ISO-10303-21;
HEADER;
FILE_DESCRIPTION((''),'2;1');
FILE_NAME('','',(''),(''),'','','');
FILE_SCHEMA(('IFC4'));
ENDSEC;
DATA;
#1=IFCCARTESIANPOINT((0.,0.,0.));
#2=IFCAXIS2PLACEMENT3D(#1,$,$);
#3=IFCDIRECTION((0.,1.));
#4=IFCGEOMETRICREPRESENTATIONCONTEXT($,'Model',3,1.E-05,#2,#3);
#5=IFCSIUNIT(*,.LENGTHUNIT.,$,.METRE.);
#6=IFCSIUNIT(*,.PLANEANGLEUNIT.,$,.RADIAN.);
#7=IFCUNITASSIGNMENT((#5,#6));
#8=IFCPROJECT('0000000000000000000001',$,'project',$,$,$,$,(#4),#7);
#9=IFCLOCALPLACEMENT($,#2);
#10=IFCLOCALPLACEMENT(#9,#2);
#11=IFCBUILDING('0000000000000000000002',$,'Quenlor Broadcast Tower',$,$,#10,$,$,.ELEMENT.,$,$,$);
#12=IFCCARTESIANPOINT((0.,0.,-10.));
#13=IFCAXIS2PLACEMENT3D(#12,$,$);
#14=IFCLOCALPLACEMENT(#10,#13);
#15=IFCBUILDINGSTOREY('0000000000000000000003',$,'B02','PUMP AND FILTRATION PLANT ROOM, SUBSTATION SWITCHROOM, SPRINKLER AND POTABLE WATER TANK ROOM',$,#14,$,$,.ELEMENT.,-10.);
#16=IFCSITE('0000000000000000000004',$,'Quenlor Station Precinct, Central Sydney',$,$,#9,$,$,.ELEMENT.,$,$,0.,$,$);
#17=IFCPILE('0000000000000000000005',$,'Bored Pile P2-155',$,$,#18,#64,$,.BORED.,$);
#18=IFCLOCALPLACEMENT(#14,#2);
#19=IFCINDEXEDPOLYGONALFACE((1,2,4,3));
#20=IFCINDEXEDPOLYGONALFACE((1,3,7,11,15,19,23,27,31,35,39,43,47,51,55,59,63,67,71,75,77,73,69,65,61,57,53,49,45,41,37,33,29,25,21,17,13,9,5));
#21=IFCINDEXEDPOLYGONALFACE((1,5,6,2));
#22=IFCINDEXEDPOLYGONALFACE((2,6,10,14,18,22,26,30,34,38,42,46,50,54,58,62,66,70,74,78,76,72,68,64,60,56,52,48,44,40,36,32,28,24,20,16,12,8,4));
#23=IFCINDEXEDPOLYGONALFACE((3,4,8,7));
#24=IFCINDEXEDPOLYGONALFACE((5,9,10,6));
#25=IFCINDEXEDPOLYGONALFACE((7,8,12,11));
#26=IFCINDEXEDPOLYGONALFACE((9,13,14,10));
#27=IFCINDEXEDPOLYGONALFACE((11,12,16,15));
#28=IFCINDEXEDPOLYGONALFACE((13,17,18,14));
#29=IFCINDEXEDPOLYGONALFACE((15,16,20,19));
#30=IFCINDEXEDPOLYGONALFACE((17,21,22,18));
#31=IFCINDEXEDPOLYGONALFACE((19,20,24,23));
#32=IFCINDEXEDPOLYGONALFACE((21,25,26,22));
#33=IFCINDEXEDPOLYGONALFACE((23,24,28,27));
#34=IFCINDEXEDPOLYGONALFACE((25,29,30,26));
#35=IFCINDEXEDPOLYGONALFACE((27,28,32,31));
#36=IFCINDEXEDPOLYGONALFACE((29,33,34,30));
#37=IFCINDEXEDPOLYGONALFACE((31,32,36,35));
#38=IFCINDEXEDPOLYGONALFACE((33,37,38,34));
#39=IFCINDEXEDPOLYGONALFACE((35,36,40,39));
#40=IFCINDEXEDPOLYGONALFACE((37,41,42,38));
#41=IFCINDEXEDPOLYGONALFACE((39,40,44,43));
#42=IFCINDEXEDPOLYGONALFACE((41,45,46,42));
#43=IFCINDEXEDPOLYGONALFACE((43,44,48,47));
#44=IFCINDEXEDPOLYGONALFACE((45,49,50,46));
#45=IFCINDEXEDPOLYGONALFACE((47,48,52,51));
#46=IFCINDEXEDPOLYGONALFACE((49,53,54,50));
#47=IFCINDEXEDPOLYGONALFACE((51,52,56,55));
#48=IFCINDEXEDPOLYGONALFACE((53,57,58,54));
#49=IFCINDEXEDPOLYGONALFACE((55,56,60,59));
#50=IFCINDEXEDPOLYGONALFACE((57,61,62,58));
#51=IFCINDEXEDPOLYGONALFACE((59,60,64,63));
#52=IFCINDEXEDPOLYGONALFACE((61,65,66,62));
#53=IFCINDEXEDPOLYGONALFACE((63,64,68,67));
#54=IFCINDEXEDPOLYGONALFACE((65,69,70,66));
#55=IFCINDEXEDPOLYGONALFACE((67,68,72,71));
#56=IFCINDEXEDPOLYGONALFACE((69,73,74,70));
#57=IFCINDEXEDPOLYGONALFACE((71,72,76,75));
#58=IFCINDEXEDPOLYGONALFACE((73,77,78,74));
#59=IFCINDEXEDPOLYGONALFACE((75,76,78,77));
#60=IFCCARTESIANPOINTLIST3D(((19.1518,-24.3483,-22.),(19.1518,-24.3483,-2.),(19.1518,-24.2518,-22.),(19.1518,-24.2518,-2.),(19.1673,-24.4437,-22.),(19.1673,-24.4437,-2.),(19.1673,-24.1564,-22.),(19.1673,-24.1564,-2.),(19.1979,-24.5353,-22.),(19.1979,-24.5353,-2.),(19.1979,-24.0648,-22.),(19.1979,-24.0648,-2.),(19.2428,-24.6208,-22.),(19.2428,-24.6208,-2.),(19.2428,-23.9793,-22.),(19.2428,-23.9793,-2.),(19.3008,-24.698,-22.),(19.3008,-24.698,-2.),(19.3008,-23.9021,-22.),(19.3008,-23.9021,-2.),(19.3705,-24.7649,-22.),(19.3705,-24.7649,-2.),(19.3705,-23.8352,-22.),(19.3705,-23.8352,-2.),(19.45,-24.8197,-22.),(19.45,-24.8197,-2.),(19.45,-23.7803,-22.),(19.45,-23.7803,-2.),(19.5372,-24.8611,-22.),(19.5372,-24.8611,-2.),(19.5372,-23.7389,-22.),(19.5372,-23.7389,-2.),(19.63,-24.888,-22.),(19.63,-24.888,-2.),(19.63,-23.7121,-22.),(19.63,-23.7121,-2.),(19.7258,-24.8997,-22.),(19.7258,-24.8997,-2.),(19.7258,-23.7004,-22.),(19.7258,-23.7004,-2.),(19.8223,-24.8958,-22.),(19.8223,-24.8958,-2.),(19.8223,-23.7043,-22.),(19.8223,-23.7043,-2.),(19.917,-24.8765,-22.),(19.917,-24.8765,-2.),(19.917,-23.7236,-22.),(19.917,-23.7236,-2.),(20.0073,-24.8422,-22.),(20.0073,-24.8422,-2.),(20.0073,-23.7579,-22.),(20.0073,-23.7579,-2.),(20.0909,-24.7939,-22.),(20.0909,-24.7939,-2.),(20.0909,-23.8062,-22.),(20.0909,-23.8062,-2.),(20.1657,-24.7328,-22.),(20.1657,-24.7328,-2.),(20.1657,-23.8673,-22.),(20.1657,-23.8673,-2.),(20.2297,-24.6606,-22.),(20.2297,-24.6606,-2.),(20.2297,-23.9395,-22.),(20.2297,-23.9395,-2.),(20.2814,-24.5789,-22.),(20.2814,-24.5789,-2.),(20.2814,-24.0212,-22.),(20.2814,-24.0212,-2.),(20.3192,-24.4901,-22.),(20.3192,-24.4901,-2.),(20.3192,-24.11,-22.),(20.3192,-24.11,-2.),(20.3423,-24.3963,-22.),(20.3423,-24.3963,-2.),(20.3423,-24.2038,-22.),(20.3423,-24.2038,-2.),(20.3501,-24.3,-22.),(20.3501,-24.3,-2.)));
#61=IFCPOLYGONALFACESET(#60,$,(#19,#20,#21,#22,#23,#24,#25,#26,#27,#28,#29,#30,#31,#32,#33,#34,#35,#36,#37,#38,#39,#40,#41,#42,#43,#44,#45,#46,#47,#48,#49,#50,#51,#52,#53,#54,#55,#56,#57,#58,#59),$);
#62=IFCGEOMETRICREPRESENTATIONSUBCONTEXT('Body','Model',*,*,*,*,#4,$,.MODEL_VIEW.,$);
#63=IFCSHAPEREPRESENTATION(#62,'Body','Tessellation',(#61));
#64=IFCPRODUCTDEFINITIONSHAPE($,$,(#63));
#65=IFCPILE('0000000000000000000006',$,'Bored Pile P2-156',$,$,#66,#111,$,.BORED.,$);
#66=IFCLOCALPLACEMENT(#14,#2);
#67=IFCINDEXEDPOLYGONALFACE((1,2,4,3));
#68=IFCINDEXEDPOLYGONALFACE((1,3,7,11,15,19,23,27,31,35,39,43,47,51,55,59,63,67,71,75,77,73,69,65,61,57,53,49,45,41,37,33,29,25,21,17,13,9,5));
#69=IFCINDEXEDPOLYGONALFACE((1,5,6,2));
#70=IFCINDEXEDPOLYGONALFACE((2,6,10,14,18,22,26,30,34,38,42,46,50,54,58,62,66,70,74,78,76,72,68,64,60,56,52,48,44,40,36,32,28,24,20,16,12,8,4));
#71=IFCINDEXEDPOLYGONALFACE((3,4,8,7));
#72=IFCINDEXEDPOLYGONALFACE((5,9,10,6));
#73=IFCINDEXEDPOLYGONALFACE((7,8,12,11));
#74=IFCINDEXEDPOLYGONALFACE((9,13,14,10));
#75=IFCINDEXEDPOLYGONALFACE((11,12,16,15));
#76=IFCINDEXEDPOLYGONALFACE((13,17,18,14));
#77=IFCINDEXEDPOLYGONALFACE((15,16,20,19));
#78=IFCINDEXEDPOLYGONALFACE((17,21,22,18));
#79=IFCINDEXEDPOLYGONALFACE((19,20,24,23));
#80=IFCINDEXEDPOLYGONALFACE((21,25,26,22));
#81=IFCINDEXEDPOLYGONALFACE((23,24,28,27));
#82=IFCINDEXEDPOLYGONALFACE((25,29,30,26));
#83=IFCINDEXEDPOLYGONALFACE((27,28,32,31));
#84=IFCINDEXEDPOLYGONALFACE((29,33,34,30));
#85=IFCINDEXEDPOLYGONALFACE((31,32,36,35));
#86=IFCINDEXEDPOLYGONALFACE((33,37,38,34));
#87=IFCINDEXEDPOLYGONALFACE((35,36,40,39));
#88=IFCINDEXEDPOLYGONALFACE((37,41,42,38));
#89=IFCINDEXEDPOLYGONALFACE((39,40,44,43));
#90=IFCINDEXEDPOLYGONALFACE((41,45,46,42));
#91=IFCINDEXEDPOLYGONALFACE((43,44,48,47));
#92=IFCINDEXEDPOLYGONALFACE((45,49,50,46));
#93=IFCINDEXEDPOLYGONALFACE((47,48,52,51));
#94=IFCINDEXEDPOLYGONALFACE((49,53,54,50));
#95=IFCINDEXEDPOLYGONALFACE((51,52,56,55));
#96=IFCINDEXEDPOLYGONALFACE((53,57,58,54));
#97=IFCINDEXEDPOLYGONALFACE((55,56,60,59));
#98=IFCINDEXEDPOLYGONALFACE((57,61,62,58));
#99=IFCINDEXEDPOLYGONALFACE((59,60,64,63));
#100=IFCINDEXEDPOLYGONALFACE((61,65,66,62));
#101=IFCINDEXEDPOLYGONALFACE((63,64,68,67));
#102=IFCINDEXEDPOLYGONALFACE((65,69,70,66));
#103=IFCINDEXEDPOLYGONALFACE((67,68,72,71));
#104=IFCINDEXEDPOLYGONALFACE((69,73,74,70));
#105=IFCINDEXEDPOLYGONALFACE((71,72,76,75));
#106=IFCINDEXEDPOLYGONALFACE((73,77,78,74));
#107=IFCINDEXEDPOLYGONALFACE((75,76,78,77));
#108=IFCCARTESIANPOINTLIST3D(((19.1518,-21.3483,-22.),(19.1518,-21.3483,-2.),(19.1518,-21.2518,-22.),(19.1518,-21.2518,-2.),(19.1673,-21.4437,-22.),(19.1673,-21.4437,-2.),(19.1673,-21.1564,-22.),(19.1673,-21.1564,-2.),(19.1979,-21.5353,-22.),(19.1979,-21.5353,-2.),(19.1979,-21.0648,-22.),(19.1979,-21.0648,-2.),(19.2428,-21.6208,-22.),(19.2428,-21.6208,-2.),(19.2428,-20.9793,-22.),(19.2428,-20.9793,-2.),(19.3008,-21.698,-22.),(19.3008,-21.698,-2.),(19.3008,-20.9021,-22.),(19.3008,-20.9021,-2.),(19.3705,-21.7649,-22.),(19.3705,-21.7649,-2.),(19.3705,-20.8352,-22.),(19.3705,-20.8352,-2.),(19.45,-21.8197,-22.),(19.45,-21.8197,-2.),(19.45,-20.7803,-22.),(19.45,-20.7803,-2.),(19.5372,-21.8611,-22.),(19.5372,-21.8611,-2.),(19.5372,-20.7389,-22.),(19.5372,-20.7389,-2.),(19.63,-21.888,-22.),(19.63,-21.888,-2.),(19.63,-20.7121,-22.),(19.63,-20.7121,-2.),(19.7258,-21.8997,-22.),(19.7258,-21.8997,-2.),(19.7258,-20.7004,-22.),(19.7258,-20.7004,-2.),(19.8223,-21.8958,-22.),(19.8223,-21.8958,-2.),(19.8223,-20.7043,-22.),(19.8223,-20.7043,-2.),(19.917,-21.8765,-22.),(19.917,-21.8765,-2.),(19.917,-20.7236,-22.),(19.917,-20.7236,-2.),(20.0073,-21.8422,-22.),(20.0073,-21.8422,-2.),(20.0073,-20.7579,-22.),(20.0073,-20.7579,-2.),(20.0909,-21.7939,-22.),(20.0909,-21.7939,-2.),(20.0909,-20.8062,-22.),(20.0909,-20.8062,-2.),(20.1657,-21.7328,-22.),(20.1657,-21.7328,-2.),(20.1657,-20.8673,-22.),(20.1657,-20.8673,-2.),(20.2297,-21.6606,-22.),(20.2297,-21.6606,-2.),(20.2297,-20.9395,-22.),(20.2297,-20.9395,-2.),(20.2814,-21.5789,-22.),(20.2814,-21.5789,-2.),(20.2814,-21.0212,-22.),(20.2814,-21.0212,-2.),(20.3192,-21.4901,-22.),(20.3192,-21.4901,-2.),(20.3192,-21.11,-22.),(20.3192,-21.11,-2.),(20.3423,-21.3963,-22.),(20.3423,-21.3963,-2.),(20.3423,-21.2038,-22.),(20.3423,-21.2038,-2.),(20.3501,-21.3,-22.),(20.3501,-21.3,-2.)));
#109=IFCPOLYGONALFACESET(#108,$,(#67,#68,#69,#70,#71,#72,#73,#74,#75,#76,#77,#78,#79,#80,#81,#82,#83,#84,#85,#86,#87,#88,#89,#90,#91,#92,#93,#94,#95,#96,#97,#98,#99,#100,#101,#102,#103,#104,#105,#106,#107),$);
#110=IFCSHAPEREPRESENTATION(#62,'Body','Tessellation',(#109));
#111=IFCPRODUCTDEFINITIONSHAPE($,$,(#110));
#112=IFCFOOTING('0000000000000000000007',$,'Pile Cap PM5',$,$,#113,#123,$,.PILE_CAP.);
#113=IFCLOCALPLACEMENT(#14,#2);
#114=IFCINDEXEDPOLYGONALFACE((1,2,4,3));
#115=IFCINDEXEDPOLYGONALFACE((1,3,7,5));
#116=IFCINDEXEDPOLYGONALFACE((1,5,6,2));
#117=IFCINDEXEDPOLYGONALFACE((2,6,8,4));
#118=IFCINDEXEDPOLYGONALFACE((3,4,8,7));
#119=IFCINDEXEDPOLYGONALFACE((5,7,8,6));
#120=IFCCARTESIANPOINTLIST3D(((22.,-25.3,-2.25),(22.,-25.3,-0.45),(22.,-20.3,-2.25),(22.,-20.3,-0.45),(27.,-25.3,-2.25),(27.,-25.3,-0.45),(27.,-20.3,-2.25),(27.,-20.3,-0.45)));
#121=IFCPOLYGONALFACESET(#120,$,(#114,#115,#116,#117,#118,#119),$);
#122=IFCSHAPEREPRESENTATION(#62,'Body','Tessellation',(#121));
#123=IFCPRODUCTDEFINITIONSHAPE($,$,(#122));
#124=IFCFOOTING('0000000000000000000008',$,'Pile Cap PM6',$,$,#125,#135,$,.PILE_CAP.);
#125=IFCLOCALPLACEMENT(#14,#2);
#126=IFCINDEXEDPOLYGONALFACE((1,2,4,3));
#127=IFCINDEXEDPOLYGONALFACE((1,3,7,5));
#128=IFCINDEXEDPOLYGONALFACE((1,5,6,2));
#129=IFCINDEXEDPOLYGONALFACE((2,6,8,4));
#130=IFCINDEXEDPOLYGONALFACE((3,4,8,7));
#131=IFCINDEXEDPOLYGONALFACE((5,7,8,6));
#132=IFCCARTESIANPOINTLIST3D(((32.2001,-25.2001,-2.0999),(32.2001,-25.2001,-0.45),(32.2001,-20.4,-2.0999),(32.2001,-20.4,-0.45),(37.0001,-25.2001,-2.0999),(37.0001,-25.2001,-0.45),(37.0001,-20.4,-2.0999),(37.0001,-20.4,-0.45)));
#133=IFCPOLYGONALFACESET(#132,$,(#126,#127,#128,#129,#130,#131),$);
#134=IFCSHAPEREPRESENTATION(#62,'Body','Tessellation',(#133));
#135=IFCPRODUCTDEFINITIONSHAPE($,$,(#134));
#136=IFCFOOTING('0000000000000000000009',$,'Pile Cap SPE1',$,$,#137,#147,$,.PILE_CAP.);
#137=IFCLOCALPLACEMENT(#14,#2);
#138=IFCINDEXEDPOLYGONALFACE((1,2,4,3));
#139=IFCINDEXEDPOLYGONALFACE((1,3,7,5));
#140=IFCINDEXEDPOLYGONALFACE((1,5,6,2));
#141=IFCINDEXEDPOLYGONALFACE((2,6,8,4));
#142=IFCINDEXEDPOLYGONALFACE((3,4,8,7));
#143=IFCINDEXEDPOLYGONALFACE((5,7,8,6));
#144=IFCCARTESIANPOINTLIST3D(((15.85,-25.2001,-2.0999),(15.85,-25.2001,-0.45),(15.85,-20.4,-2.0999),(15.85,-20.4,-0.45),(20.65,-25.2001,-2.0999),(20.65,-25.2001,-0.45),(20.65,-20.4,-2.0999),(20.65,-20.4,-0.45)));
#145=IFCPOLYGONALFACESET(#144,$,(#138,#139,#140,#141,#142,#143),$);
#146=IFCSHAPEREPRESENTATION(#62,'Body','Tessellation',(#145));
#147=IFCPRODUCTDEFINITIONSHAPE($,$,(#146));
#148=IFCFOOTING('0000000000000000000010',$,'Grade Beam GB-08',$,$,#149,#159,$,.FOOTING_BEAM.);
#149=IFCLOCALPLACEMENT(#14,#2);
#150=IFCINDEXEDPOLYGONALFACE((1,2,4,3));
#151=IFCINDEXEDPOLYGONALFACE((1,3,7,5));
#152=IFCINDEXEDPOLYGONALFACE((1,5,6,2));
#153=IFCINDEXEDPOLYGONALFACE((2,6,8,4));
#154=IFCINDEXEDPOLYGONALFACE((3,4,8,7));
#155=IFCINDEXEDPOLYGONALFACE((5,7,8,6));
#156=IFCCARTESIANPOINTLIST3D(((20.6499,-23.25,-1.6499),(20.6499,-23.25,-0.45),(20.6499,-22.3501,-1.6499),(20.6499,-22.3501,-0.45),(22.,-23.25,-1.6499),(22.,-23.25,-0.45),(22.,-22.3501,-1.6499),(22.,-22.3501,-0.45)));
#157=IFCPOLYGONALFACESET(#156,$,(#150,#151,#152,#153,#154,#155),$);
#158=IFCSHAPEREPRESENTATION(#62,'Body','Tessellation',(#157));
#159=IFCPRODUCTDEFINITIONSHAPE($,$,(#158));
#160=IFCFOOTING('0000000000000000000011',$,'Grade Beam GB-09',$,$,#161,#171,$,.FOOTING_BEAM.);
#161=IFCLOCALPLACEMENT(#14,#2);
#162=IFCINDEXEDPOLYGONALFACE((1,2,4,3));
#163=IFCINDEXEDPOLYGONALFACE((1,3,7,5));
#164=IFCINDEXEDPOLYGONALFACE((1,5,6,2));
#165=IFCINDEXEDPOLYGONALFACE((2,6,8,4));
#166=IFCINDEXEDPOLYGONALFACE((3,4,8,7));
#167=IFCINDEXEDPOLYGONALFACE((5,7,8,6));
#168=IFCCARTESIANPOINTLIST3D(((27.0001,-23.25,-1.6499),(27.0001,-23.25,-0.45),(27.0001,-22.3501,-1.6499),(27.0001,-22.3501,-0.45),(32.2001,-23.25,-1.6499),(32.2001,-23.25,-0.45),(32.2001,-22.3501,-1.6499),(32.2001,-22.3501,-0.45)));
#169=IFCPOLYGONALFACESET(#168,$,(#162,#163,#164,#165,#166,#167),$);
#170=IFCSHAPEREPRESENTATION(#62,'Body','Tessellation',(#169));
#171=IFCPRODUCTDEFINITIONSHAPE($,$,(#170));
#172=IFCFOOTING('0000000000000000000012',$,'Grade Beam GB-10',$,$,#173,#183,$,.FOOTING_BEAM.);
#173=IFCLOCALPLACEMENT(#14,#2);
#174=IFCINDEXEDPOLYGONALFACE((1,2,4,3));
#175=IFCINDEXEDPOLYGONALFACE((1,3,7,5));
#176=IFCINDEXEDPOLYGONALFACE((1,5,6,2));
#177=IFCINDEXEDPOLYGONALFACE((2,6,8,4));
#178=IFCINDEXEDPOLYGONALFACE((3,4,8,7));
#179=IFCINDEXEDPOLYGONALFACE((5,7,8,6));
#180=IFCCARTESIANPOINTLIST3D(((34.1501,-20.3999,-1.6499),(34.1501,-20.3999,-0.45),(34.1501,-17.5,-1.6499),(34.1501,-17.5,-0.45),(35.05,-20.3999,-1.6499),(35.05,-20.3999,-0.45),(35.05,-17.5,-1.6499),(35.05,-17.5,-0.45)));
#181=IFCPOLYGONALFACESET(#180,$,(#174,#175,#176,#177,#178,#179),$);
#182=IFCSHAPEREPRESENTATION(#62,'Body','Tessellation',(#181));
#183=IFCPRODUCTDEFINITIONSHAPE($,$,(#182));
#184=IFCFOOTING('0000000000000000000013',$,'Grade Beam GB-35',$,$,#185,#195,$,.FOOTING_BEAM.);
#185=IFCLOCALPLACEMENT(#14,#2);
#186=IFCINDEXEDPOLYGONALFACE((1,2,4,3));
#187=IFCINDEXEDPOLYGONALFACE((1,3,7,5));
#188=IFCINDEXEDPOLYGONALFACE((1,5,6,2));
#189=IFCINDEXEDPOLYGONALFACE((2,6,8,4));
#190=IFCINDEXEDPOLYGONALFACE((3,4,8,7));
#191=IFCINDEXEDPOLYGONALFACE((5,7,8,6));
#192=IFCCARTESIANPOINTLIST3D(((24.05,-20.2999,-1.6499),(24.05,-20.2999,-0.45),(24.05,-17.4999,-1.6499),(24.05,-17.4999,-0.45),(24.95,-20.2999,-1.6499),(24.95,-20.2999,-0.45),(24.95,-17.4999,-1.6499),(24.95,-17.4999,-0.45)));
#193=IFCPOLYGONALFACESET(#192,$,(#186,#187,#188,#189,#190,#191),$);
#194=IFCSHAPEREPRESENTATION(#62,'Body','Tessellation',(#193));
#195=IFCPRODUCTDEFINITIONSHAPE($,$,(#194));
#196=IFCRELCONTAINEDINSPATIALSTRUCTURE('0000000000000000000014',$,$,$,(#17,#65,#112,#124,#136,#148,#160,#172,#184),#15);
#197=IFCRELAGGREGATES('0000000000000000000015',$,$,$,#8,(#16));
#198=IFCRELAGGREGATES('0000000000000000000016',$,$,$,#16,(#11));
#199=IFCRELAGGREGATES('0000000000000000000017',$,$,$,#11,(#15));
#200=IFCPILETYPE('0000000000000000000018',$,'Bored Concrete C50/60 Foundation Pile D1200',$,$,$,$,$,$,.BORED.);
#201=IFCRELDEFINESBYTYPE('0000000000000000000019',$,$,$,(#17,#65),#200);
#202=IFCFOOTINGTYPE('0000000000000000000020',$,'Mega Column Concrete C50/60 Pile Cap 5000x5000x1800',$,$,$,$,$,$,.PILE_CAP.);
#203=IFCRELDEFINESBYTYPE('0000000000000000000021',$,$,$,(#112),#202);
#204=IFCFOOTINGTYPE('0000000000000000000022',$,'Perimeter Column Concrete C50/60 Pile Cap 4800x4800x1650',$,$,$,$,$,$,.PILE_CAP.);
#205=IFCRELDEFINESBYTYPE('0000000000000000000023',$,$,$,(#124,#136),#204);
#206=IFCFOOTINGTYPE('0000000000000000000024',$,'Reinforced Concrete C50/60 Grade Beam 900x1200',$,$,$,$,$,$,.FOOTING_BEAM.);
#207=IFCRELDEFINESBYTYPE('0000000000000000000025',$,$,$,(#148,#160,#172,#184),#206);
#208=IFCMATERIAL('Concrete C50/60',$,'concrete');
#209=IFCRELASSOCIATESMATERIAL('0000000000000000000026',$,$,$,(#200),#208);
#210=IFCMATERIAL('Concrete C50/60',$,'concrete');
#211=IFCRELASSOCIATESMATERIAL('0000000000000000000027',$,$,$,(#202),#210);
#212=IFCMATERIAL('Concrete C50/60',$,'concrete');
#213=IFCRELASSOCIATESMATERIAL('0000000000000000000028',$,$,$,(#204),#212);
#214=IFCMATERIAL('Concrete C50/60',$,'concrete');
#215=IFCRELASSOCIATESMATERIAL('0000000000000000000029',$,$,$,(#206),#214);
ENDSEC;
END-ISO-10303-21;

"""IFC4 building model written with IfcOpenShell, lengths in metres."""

from ifc_helpers import new_model, si_unit, direction, frame, origin, origin_2d, place, context, subcontext, project, spatial, rectangle, circle, extrude, material, material_profile, profile_set, type_object, element, save


model = new_model("IFC4")

# Units and contexts
model_context = context("Model", 3, precision=1e-05, world=origin(), true_north=direction((0.0, 1.0)))
body_context = subcontext(model_context, "Body", "Model", "MODEL_VIEW")
ifc_project = project(units=[si_unit("LENGTHUNIT", "METRE"), si_unit("PLANEANGLEUNIT", "RADIAN")], contexts=[model_context])

# Site, building, storey
site_placement = place(None, origin())
site = spatial("IfcSite", under=ifc_project, at=site_placement, Name="Quenlor Station Precinct, Central Sydney", CompositionType="ELEMENT", RefElevation=0.0)
building_placement = place(site_placement, origin())
building = spatial("IfcBuilding", under=site, at=building_placement, Name="Quenlor Broadcast Tower", CompositionType="ELEMENT")
storey_placement = place(building_placement, frame((0.0, 0.0, -10.0)))
storey = spatial("IfcBuildingStorey", under=building, at=storey_placement, Name="B02", Description="PUMP AND FILTRATION PLANT ROOM, SUBSTATION SWITCHROOM, SPRINKLER AND POTABLE WATER TANK ROOM", CompositionType="ELEMENT", Elevation=-10.0)

# Piles
ifc_material_1 = material(Name="Concrete C50/60", Category="concrete")
ifc_material_profile_1 = material_profile(ifc_material_1, circle(Radius=0.6001, at=origin_2d()))
ifc_profile_set_1 = profile_set([ifc_material_profile_1], Name="Concrete C50/60 PILE1200")
pile_type = type_object("IfcPileType", Name="Bored Concrete C50/60 Foundation Pile D1200", PredefinedType="BORED", material=ifc_profile_set_1)
for number, where, z_axis, x_axis, name in (
    (1, (19.75, -24.3, -2.0), (0.0, 0.0, -1.0), (1.0, 0.0, 0.0), "Bored Pile P2-155"),
    (2, (19.75, -21.3, -2.0), (0.0, 0.0, -1.0), (1.0, 0.0, 0.0), "Bored Pile P2-156"),
):
    element("IfcPile", number, at=place(storey_placement, frame(where, z_axis=z_axis, x_axis=x_axis)), inside=storey, type_object=pile_type, Name=name, PredefinedType="BORED", context=body_context, shape_type="SweptSolid", body=[
        extrude(circle(Radius=0.6001, at=origin_2d()), origin(), (0.0, 0.0, 1.0), 20.0),
    ])

# Footings
ifc_material_2 = material(Name="Concrete C50/60", Category="concrete")
footing_type_1 = type_object("IfcFootingType", Name="Mega Column Concrete C50/60 Pile Cap 5000x5000x1800", PredefinedType="PILE_CAP", material=ifc_material_2)
footing_1_placement = place(storey_placement, frame((24.5, -22.8, -2.25), z_axis=(0.0, 0.0, 1.0), x_axis=(1.0, 0.0, 0.0)))
element("IfcFooting", 3, at=footing_1_placement, inside=storey, type_object=footing_type_1, Name="Pile Cap PM5", PredefinedType="PILE_CAP", context=body_context, shape_type="SweptSolid", body=[
    extrude(rectangle(XDim=5.0, YDim=5.0, at=origin_2d()), origin(), (0.0, 0.0, 1.0), 1.8),
])
ifc_material_3 = material(Name="Concrete C50/60", Category="concrete")
footing_type_2 = type_object("IfcFootingType", Name="Perimeter Column Concrete C50/60 Pile Cap 4800x4800x1650", PredefinedType="PILE_CAP", material=ifc_material_3)
for number, where, z_axis, x_axis, name in (
    (4, (34.6001, -22.8, -2.0999), (0.0, 0.0, 1.0), (1.0, 0.0, 0.0), "Pile Cap PM6"),
    (5, (18.25, -22.8, -2.0999), (0.0, 0.0, 1.0), (1.0, 0.0, 0.0), "Pile Cap SPE1"),
):
    element("IfcFooting", number, at=place(storey_placement, frame(where, z_axis=z_axis, x_axis=x_axis)), inside=storey, type_object=footing_type_2, Name=name, PredefinedType="PILE_CAP", context=body_context, shape_type="SweptSolid", body=[
        extrude(rectangle(XDim=4.8, YDim=4.8, at=origin_2d()), origin(), (0.0, 0.0, 1.0), 1.6499),
    ])
ifc_material_4 = material(Name="Concrete C50/60", Category="concrete")
footing_type_3 = type_object("IfcFootingType", Name="Reinforced Concrete C50/60 Grade Beam 900x1200", PredefinedType="FOOTING_BEAM", material=ifc_material_4)
footing_2_placement = place(storey_placement, frame((21.325, -22.8, -1.6499), z_axis=(0.0, 0.0, 1.0), x_axis=(1.0, 0.0, 0.0)))
element("IfcFooting", 6, at=footing_2_placement, inside=storey, type_object=footing_type_3, Name="Grade Beam GB-08", PredefinedType="FOOTING_BEAM", context=body_context, shape_type="SweptSolid", body=[
    extrude(rectangle(XDim=1.3501, YDim=0.8999, at=origin_2d()), origin(), (0.0, 0.0, 1.0), 1.2),
])
footing_3_placement = place(storey_placement, frame((29.6001, -22.8, -1.6499), z_axis=(0.0, 0.0, 1.0), x_axis=(1.0, 0.0, 0.0)))
element("IfcFooting", 7, at=footing_3_placement, inside=storey, type_object=footing_type_3, Name="Grade Beam GB-09", PredefinedType="FOOTING_BEAM", context=body_context, shape_type="SweptSolid", body=[
    extrude(rectangle(XDim=5.2, YDim=0.8999, at=origin_2d()), origin(), (0.0, 0.0, 1.0), 1.2),
])
footing_4_placement = place(storey_placement, frame((34.6001, -18.95, -1.6499), z_axis=(0.0, 0.0, 1.0), x_axis=(0.0, 1.0, 0.0)))
element("IfcFooting", 8, at=footing_4_placement, inside=storey, type_object=footing_type_3, Name="Grade Beam GB-10", PredefinedType="FOOTING_BEAM", context=body_context, shape_type="SweptSolid", body=[
    extrude(rectangle(XDim=2.8999, YDim=0.8999, at=origin_2d()), origin(), (0.0, 0.0, 1.0), 1.2),
])
footing_5_placement = place(storey_placement, frame((24.5, -18.8999, -1.6499), z_axis=(0.0, 0.0, 1.0), x_axis=(0.0, 1.0, 0.0)))
element("IfcFooting", 9, at=footing_5_placement, inside=storey, type_object=footing_type_3, Name="Grade Beam GB-35", PredefinedType="FOOTING_BEAM", context=body_context, shape_type="SweptSolid", body=[
    extrude(rectangle(XDim=2.8, YDim=0.8999, at=origin_2d()), origin(), (0.0, 0.0, 1.0), 1.2),
])

save(model, "model.ifc")
